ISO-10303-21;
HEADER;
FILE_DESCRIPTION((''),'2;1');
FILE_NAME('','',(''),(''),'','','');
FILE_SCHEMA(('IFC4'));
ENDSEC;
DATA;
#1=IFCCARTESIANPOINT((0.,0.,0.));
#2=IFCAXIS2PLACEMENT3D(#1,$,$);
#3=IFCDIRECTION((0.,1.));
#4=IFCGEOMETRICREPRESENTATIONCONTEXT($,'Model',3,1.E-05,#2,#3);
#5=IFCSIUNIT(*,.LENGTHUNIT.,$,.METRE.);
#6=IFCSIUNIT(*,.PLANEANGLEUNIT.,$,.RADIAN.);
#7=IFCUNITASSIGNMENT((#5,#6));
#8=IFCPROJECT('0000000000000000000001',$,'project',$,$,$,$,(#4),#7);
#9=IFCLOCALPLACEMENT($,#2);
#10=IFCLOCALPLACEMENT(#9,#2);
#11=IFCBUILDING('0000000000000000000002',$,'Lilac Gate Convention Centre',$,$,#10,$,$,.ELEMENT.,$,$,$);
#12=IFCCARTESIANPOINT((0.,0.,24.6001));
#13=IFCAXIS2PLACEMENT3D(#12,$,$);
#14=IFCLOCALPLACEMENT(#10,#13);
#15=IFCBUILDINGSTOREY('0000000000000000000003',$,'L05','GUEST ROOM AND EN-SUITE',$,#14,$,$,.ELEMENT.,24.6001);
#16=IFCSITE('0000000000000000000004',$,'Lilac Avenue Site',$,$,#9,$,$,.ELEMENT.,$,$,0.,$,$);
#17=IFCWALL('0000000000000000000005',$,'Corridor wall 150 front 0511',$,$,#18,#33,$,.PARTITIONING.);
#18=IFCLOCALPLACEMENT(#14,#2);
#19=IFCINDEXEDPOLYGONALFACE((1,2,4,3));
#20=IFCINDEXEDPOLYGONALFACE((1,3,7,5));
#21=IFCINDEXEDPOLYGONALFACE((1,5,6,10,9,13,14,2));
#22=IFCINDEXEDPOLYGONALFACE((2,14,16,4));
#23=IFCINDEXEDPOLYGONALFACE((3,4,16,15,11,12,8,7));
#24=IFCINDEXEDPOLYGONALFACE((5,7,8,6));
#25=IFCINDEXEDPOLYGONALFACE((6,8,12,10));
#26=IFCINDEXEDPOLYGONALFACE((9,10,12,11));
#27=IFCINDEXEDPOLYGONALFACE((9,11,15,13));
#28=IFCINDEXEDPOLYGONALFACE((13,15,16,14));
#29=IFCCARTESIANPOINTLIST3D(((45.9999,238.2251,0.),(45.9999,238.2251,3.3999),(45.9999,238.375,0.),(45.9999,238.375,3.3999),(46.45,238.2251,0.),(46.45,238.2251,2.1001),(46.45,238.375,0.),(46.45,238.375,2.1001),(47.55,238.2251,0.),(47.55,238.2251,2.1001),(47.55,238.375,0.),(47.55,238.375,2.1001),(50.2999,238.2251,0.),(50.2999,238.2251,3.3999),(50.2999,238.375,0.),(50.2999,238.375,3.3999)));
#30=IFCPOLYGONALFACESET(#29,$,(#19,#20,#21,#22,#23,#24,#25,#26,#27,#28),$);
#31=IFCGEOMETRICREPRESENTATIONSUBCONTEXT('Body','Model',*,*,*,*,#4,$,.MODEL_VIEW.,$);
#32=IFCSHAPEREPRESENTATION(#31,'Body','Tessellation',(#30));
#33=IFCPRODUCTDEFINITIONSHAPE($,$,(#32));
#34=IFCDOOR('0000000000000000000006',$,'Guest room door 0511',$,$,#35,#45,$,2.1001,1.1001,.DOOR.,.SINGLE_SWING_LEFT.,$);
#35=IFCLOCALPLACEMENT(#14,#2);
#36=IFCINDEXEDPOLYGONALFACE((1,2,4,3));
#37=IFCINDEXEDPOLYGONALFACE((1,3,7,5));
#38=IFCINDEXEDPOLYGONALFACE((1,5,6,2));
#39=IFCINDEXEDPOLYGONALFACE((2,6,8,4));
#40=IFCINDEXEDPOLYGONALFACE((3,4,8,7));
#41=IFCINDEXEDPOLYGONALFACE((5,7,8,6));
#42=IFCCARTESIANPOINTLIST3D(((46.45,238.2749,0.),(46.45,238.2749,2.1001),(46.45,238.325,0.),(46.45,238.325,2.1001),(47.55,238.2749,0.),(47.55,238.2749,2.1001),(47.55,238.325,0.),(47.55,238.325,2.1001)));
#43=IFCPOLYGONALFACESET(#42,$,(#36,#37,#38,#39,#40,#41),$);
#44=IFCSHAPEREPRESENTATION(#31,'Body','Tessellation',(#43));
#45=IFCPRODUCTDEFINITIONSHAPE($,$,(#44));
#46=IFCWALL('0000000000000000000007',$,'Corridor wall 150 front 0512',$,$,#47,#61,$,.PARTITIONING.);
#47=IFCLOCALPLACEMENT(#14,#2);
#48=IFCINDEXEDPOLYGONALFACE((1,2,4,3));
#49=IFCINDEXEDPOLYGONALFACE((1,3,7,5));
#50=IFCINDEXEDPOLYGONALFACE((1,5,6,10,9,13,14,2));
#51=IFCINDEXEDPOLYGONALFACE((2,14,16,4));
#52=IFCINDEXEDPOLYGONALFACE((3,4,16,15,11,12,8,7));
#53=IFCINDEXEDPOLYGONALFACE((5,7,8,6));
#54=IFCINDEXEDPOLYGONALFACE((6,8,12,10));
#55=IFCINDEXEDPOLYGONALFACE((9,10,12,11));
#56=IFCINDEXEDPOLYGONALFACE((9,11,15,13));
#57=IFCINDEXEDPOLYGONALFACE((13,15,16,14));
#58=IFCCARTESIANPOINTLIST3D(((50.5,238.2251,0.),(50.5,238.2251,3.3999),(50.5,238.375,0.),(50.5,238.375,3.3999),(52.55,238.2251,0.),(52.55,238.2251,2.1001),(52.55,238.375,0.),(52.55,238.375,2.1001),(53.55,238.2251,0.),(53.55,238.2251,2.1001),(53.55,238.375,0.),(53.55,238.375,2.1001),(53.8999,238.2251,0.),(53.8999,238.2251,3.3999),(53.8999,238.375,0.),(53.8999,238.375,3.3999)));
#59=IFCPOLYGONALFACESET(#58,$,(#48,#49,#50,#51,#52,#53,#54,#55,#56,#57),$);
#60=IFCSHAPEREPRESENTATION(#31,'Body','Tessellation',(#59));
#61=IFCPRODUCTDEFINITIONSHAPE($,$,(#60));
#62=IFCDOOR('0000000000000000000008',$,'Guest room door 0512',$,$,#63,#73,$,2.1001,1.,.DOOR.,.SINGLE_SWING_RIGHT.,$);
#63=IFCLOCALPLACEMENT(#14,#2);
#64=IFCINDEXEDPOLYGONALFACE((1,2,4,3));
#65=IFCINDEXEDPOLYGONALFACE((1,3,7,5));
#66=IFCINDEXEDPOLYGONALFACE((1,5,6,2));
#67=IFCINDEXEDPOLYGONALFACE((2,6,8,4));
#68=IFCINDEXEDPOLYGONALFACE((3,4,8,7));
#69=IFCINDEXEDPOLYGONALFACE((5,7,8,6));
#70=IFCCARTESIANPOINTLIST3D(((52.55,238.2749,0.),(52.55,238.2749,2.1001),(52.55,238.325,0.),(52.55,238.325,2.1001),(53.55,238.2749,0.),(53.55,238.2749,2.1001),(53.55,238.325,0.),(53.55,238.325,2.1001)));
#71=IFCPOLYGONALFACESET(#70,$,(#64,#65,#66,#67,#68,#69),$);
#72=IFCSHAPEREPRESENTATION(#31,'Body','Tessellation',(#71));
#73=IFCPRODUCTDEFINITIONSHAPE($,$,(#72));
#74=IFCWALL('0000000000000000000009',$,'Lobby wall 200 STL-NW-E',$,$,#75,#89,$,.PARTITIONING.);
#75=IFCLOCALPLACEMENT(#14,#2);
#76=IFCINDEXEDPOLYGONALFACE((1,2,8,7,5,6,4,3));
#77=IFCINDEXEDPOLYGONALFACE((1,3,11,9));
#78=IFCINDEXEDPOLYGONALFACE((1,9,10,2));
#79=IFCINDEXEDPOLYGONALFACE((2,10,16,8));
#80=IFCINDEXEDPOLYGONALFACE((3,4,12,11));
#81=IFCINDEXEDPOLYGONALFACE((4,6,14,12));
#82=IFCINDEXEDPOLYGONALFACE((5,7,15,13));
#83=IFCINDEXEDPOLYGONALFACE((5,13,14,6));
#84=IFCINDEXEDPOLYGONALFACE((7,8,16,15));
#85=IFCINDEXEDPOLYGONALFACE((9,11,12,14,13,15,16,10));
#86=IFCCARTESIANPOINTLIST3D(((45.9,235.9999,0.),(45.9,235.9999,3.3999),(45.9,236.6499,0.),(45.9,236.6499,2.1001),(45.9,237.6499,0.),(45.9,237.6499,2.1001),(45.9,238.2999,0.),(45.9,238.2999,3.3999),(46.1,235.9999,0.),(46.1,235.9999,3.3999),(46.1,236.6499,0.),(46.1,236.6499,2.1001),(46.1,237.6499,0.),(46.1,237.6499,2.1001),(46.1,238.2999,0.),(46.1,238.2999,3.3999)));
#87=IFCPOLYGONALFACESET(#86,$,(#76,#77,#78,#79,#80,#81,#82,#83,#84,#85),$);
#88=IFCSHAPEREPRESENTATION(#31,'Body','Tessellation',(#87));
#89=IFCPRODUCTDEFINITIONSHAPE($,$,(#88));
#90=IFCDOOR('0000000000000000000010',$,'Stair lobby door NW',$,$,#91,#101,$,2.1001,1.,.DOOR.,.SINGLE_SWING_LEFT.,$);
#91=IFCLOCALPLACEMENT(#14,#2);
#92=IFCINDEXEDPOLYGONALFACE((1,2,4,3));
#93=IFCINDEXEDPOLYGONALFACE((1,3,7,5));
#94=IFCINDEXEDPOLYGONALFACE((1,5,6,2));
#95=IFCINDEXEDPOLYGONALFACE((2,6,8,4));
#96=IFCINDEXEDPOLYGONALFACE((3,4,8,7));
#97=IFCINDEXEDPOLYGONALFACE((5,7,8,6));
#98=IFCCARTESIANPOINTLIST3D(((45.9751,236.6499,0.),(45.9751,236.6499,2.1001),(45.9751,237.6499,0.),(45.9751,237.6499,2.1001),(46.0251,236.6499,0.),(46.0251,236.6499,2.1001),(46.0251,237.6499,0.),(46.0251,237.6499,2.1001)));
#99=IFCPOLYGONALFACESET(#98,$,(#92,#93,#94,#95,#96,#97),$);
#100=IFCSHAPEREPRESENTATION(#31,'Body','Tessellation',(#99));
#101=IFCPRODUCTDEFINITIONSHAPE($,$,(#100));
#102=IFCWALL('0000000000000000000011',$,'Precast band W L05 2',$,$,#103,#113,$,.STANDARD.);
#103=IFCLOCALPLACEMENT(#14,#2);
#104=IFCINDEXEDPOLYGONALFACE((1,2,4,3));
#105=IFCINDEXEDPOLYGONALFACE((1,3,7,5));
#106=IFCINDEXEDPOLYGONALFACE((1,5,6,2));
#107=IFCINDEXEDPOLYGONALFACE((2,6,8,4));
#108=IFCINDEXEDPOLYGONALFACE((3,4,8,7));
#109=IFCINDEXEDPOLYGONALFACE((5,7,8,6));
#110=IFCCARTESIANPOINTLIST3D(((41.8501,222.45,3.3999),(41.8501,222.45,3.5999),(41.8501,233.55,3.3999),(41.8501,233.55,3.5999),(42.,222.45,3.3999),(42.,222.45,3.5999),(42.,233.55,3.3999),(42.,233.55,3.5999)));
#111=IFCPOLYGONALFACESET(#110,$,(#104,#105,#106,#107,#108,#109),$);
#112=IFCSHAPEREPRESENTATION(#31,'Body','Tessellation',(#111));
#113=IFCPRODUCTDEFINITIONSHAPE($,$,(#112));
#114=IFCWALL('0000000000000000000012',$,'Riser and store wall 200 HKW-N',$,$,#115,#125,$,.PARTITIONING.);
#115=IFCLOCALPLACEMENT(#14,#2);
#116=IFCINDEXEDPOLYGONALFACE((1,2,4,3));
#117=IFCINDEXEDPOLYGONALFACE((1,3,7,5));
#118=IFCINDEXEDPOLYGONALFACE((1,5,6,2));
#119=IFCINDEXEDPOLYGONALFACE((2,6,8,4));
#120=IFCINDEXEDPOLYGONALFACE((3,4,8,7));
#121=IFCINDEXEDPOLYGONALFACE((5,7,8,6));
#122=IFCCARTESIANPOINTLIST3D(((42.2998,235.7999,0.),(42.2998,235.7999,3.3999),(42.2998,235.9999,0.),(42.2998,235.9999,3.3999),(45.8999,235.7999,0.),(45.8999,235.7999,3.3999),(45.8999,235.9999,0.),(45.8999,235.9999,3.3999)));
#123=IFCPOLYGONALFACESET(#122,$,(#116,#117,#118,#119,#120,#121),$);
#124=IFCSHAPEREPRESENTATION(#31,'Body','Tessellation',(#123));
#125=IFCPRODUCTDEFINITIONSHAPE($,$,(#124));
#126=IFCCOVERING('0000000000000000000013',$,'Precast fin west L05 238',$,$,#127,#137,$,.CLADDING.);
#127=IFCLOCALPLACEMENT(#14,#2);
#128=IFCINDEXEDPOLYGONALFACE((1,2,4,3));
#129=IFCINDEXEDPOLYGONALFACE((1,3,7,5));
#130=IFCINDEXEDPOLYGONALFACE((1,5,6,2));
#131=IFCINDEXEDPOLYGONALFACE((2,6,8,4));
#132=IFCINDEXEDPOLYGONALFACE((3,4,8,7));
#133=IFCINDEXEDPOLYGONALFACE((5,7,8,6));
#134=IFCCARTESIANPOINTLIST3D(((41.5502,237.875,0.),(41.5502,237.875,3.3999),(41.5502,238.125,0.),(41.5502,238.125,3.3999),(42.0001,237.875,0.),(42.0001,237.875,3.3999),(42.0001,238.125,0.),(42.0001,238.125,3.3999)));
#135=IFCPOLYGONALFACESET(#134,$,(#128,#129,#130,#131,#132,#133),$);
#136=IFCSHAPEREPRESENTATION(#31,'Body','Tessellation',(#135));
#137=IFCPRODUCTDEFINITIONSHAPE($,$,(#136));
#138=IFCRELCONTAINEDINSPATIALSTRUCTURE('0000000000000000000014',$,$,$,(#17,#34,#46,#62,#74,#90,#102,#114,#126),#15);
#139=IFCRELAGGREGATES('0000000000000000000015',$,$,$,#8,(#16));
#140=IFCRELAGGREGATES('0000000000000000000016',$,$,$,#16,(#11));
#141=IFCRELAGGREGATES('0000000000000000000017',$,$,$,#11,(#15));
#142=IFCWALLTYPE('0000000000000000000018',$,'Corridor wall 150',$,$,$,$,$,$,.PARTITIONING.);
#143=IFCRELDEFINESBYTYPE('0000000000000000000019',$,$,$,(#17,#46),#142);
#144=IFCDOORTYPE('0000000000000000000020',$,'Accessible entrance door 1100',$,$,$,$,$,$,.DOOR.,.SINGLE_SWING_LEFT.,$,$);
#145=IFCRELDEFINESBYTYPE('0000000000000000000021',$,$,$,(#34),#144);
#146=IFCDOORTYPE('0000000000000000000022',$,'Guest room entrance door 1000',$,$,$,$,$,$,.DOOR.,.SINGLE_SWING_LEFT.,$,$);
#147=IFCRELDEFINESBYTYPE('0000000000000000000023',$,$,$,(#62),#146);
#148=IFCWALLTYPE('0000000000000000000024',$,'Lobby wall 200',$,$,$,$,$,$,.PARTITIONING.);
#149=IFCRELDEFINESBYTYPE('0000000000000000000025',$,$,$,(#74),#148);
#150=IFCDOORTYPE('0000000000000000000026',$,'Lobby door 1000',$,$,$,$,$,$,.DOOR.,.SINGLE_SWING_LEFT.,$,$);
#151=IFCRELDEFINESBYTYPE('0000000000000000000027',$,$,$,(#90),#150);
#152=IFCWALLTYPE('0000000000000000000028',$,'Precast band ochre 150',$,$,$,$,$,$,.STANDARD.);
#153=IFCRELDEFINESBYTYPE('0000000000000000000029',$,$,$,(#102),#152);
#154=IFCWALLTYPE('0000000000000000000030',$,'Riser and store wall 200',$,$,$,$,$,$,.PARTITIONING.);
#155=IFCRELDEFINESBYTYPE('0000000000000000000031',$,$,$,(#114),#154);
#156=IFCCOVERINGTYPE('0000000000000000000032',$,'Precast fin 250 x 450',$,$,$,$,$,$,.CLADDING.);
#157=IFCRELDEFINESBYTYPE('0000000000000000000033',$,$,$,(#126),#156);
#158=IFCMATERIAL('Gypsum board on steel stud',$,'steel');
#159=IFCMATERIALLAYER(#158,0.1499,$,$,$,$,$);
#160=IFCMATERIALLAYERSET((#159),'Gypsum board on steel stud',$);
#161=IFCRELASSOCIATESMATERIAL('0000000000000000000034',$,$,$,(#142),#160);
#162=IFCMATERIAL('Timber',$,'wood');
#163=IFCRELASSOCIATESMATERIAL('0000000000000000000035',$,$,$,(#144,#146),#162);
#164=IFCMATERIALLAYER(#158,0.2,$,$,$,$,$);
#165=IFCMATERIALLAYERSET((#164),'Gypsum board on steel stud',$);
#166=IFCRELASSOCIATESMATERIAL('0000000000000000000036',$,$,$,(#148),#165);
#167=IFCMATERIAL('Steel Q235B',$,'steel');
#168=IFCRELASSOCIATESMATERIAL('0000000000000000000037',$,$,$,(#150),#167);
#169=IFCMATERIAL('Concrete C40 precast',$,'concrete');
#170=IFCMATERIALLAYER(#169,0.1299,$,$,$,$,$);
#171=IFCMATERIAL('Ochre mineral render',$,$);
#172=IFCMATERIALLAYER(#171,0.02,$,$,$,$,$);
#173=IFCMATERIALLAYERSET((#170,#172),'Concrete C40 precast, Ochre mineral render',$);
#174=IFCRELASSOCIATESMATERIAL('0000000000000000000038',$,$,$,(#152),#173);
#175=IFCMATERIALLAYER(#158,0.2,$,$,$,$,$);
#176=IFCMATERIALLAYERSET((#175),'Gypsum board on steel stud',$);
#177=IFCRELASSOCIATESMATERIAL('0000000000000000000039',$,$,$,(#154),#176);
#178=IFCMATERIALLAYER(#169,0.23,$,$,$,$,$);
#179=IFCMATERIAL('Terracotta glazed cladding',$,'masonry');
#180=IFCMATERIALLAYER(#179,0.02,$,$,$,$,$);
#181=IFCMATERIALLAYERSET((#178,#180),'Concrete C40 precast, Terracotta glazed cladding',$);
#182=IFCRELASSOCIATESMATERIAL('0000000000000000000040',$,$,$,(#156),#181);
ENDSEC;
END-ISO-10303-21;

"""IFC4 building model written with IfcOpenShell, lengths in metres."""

from ifc_helpers import new_model, si_unit, direction, frame, frame_2d, origin, place, context, subcontext, project, spatial, rectangle, extrude, material, layer, layer_set, type_object, element, fill, save


model = new_model("IFC4")

# Units and contexts
model_context = context("Model", 3, precision=1e-05, world=origin(), true_north=direction((0.0, 1.0)))
body_context = subcontext(model_context, "Body", "Model", "MODEL_VIEW")
ifc_project = project(units=[si_unit("LENGTHUNIT", "METRE"), si_unit("PLANEANGLEUNIT", "RADIAN")], contexts=[model_context])

# Site, building, storey
site_placement = place(None, origin())
site = spatial("IfcSite", under=ifc_project, at=site_placement, Name="Lilac Avenue Site", CompositionType="ELEMENT", RefElevation=0.0)
building_placement = place(site_placement, origin())
building = spatial("IfcBuilding", under=site, at=building_placement, Name="Lilac Gate Convention Centre", CompositionType="ELEMENT")
storey_placement = place(building_placement, frame((0.0, 0.0, 24.6001)))
storey = spatial("IfcBuildingStorey", under=building, at=storey_placement, Name="L05", Description="GUEST ROOM AND EN-SUITE", CompositionType="ELEMENT", Elevation=24.6001)

# Walls, openings, doors
ifc_material_1 = material(Name="Gypsum board on steel stud", Category="steel")
ifc_layer_1 = layer(ifc_material_1, 0.1499)
ifc_layer_set_1 = layer_set([ifc_layer_1], Name="Gypsum board on steel stud")
wall_type_1 = type_object("IfcWallType", Name="Corridor wall 150", PredefinedType="PARTITIONING", material=ifc_layer_set_1)
wall_1_placement = place(storey_placement, frame((46.0, 238.3, 0.0), z_axis=(0.0, 0.0, 1.0), x_axis=(1.0, 0.0, 0.0)))
wall_1 = element("IfcWall", 1, at=wall_1_placement, inside=storey, type_object=wall_type_1, Name="Corridor wall 150 front 0511", PredefinedType="PARTITIONING", context=body_context, shape_type="SweptSolid", body=[
    extrude(rectangle(XDim=4.3, YDim=0.1499, at=frame_2d((2.1499, 0.0))), origin(), (0.0, 0.0, 1.0), 3.3999),
])
opening_1_placement = place(wall_1_placement, frame((0.45, 0.0, 0.0)))
opening_1 = element("IfcOpeningElement", 2, at=opening_1_placement, cuts=wall_1, PredefinedType="OPENING", context=body_context, shape_type="SweptSolid", body=[
    extrude(rectangle(XDim=1.1001, YDim=2.1001, at=frame_2d((0.55, 1.05))), frame((0.0, 0.085, 0.0), z_axis=(0.0, -1.0, 0.0), x_axis=(1.0, 0.0, 0.0)), (0.0, 0.0, 1.0), 0.1699),
])
ifc_material_2 = material(Name="Timber", Category="wood")
door_type_1 = type_object("IfcDoorType", Name="Accessible entrance door 1100", OperationType="SINGLE_SWING_LEFT", PredefinedType="DOOR", material=ifc_material_2)
door_1_placement = place(opening_1_placement, origin())
door_1 = element("IfcDoor", 3, at=door_1_placement, inside=storey, type_object=door_type_1, Name="Guest room door 0511", OperationType="SINGLE_SWING_LEFT", OverallHeight=2.1001, OverallWidth=1.1001, PredefinedType="DOOR", context=body_context, shape_type="SweptSolid", body=[
    extrude(rectangle(XDim=1.1001, YDim=2.1001, at=frame_2d((0.55, 1.05))), frame((0.0, 0.0249, 0.0), z_axis=(0.0, -1.0, 0.0), x_axis=(1.0, 0.0, 0.0)), (0.0, 0.0, 1.0), 0.05),
])
fill(opening_1, door_1)
wall_2_placement = place(storey_placement, frame((50.5, 238.3, 0.0), z_axis=(0.0, 0.0, 1.0), x_axis=(1.0, 0.0, 0.0)))
wall_2 = element("IfcWall", 4, at=wall_2_placement, inside=storey, type_object=wall_type_1, Name="Corridor wall 150 front 0512", PredefinedType="PARTITIONING", context=body_context, shape_type="SweptSolid", body=[
    extrude(rectangle(XDim=3.3999, YDim=0.1499, at=frame_2d((1.7, 0.0))), origin(), (0.0, 0.0, 1.0), 3.3999),
])
opening_2_placement = place(wall_2_placement, frame((2.05, 0.0, 0.0)))
opening_2 = element("IfcOpeningElement", 5, at=opening_2_placement, cuts=wall_2, PredefinedType="OPENING", context=body_context, shape_type="SweptSolid", body=[
    extrude(rectangle(XDim=1.0, YDim=2.1001, at=frame_2d((0.5, 1.05))), frame((0.0, 0.085, 0.0), z_axis=(0.0, -1.0, 0.0), x_axis=(1.0, 0.0, 0.0)), (0.0, 0.0, 1.0), 0.1699),
])
door_type_2 = type_object("IfcDoorType", Name="Guest room entrance door 1000", OperationType="SINGLE_SWING_LEFT", PredefinedType="DOOR", material=ifc_material_2)
door_2_placement = place(opening_2_placement, origin())
door_2 = element("IfcDoor", 6, at=door_2_placement, inside=storey, type_object=door_type_2, Name="Guest room door 0512", OperationType="SINGLE_SWING_RIGHT", OverallHeight=2.1001, OverallWidth=1.0, PredefinedType="DOOR", context=body_context, shape_type="SweptSolid", body=[
    extrude(rectangle(XDim=1.0, YDim=2.1001, at=frame_2d((0.5, 1.05))), frame((0.0, 0.0249, 0.0), z_axis=(0.0, -1.0, 0.0), x_axis=(1.0, 0.0, 0.0)), (0.0, 0.0, 1.0), 0.05),
])
fill(opening_2, door_2)
ifc_layer_2 = layer(ifc_material_1, 0.2)
ifc_layer_set_2 = layer_set([ifc_layer_2], Name="Gypsum board on steel stud")
wall_type_2 = type_object("IfcWallType", Name="Lobby wall 200", PredefinedType="PARTITIONING", material=ifc_layer_set_2)
wall_3_placement = place(storey_placement, frame((46.0, 236.0, 0.0), z_axis=(0.0, 0.0, 1.0), x_axis=(0.0, 1.0, 0.0)))
wall_3 = element("IfcWall", 7, at=wall_3_placement, inside=storey, type_object=wall_type_2, Name="Lobby wall 200 STL-NW-E", PredefinedType="PARTITIONING", context=body_context, shape_type="SweptSolid", body=[
    extrude(rectangle(XDim=2.3, YDim=0.2, at=frame_2d((1.1499, 0.0))), origin(), (0.0, 0.0, 1.0), 3.3999),
])
opening_3_placement = place(wall_3_placement, frame((0.6499, 0.0, 0.0)))
opening_3 = element("IfcOpeningElement", 8, at=opening_3_placement, cuts=wall_3, PredefinedType="OPENING", context=body_context, shape_type="SweptSolid", body=[
    extrude(rectangle(XDim=1.0, YDim=2.1001, at=frame_2d((0.5, 1.05))), frame((0.0, 0.1099, 0.0), z_axis=(0.0, -1.0, 0.0), x_axis=(1.0, 0.0, 0.0)), (0.0, 0.0, 1.0), 0.22),
])
ifc_material_3 = material(Name="Steel Q235B", Category="steel")
door_type_3 = type_object("IfcDoorType", Name="Lobby door 1000", OperationType="SINGLE_SWING_LEFT", PredefinedType="DOOR", material=ifc_material_3)
door_3_placement = place(opening_3_placement, origin())
door_3 = element("IfcDoor", 9, at=door_3_placement, inside=storey, type_object=door_type_3, Name="Stair lobby door NW", OperationType="SINGLE_SWING_LEFT", OverallHeight=2.1001, OverallWidth=1.0, PredefinedType="DOOR", context=body_context, shape_type="SweptSolid", body=[
    extrude(rectangle(XDim=1.0, YDim=2.1001, at=frame_2d((0.5, 1.05))), frame((0.0, 0.0249, 0.0), z_axis=(0.0, -1.0, 0.0), x_axis=(1.0, 0.0, 0.0)), (0.0, 0.0, 1.0), 0.05),
])
fill(opening_3, door_3)

# Walls
ifc_material_4 = material(Name="Concrete C40 precast", Category="concrete")
ifc_layer_3 = layer(ifc_material_4, 0.1299)
ifc_material_5 = material(Name="Ochre mineral render")
ifc_layer_4 = layer(ifc_material_5, 0.02)
ifc_layer_set_3 = layer_set([ifc_layer_3, ifc_layer_4], Name="Concrete C40 precast, Ochre mineral render")
wall_type_3 = type_object("IfcWallType", Name="Precast band ochre 150", PredefinedType="STANDARD", material=ifc_layer_set_3)
wall_4_placement = place(storey_placement, frame((41.925, 233.55, 3.3999), z_axis=(0.0, 0.0, 1.0), x_axis=(0.0, -1.0, 0.0)))
element("IfcWall", 10, at=wall_4_placement, inside=storey, type_object=wall_type_3, Name="Precast band W L05 2", PredefinedType="STANDARD", context=body_context, shape_type="SweptSolid", body=[
    extrude(rectangle(XDim=11.1001, YDim=0.1499, at=frame_2d((5.55, 0.0))), origin(), (0.0, 0.0, 1.0), 0.2),
])
ifc_layer_5 = layer(ifc_material_1, 0.2)
ifc_layer_set_4 = layer_set([ifc_layer_5], Name="Gypsum board on steel stud")
wall_type_4 = type_object("IfcWallType", Name="Riser and store wall 200", PredefinedType="PARTITIONING", material=ifc_layer_set_4)
wall_5_placement = place(storey_placement, frame((42.2998, 235.8999, 0.0), z_axis=(0.0, 0.0, 1.0), x_axis=(1.0, 0.0, 0.0)))
element("IfcWall", 11, at=wall_5_placement, inside=storey, type_object=wall_type_4, Name="Riser and store wall 200 HKW-N", PredefinedType="PARTITIONING", context=body_context, shape_type="SweptSolid", body=[
    extrude(rectangle(XDim=3.6001, YDim=0.2, at=frame_2d((1.8, 0.0))), origin(), (0.0, 0.0, 1.0), 3.3999),
])

# Covering
ifc_layer_6 = layer(ifc_material_4, 0.23)
ifc_material_6 = material(Name="Terracotta glazed cladding", Category="masonry")
ifc_layer_7 = layer(ifc_material_6, 0.02)
ifc_layer_set_5 = layer_set([ifc_layer_6, ifc_layer_7], Name="Concrete C40 precast, Terracotta glazed cladding")
covering_type = type_object("IfcCoveringType", Name="Precast fin 250 x 450", PredefinedType="CLADDING", material=ifc_layer_set_5)
covering_placement = place(storey_placement, frame((41.55, 238.0, 0.0), z_axis=(0.0, 0.0, 1.0), x_axis=(1.0, 0.0, 0.0)))
element("IfcCovering", 12, at=covering_placement, inside=storey, type_object=covering_type, Name="Precast fin west L05 238", PredefinedType="CLADDING", context=body_context, shape_type="SweptSolid", body=[
    extrude(rectangle(XDim=0.45, YDim=0.25, at=frame_2d((0.2251, 0.0))), origin(), (0.0, 0.0, 1.0), 3.3999),
])

save(model, "model.ifc")
